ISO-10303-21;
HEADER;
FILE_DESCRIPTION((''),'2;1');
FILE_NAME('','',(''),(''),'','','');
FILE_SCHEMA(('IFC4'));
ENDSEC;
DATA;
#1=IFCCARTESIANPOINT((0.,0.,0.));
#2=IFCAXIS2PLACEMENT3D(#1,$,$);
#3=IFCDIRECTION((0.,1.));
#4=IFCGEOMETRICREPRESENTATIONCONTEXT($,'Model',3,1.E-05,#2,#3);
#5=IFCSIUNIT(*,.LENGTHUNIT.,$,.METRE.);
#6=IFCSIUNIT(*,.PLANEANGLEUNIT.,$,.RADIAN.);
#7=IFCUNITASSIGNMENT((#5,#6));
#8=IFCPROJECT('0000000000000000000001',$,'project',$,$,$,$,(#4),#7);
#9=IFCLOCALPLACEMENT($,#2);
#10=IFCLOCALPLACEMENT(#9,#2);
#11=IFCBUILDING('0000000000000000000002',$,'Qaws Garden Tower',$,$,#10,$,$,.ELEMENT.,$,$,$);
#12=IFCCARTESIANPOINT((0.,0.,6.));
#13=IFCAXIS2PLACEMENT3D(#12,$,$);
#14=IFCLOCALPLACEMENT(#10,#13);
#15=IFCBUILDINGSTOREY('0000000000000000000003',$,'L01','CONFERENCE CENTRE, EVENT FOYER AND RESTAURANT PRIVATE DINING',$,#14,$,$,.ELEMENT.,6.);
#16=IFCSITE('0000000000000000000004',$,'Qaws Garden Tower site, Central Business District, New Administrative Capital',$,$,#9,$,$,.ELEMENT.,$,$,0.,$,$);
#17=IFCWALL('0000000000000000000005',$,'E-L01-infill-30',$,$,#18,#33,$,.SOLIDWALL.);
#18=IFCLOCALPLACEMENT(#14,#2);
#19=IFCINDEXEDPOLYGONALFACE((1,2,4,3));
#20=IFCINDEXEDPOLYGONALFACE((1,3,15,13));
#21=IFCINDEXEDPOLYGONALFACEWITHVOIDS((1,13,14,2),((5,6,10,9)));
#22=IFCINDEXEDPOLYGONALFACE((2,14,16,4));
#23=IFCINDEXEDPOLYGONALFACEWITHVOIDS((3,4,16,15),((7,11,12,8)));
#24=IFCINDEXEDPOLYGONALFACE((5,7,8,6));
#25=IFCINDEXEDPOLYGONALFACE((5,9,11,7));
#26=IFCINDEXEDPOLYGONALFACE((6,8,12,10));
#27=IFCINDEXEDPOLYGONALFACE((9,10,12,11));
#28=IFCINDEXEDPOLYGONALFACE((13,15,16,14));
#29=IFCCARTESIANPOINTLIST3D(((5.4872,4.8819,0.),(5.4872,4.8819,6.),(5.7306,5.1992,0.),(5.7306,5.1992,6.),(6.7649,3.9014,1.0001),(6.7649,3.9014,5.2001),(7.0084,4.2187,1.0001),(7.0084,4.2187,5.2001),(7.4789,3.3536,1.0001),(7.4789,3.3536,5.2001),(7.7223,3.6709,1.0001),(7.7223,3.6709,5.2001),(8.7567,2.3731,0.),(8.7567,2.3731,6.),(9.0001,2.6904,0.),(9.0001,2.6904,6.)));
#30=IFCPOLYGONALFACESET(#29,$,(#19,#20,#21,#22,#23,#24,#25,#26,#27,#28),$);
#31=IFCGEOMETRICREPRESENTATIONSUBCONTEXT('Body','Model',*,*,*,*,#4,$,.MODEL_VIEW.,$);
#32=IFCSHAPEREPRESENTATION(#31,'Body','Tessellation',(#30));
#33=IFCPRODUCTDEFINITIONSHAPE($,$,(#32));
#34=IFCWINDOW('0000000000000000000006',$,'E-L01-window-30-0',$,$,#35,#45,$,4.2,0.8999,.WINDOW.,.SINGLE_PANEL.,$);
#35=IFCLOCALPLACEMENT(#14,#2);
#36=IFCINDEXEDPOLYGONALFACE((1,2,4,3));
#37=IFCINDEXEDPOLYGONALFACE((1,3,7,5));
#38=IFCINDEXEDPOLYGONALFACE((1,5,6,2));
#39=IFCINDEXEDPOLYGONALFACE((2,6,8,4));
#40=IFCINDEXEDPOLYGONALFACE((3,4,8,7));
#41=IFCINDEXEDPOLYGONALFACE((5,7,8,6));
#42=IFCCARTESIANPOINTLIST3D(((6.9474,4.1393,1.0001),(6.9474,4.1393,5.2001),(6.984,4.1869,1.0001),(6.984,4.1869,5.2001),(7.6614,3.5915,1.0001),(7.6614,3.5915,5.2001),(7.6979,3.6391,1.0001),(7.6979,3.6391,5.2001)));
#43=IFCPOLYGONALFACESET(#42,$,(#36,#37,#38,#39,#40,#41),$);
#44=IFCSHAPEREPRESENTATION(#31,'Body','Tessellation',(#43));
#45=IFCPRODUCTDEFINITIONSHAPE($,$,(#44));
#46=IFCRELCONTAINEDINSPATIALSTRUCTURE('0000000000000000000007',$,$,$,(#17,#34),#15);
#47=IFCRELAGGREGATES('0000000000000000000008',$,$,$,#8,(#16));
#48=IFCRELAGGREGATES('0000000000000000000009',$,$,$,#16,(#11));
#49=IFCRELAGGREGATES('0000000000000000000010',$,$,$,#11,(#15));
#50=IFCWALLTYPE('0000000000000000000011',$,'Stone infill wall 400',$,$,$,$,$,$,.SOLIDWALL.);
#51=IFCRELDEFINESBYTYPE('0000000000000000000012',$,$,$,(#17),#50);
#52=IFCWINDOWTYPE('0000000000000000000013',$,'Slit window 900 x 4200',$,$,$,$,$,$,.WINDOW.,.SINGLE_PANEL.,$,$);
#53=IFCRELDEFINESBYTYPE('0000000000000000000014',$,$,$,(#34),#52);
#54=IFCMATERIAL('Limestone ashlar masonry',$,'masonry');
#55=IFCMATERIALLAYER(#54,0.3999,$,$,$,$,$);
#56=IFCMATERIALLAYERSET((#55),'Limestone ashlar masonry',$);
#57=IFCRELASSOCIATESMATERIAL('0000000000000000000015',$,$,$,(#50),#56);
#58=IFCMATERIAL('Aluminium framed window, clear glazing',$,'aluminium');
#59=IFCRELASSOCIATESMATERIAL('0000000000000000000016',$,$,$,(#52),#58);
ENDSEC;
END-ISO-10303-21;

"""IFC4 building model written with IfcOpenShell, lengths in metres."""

from ifc_helpers import new_model, si_unit, direction, frame, frame_2d, origin, place, context, subcontext, project, spatial, rectangle, extrude, material, layer, layer_set, type_object, element, fill, save


model = new_model("IFC4")

# Units and contexts
model_context = context("Model", 3, precision=1e-05, world=origin(), true_north=direction((0.0, 1.0)))
body_context = subcontext(model_context, "Body", "Model", "MODEL_VIEW")
ifc_project = project(units=[si_unit("LENGTHUNIT", "METRE"), si_unit("PLANEANGLEUNIT", "RADIAN")], contexts=[model_context])

# Site, building, storey
site_placement = place(None, origin())
site = spatial("IfcSite", under=ifc_project, at=site_placement, Name="Qaws Garden Tower site, Central Business District, New Administrative Capital", CompositionType="ELEMENT", RefElevation=0.0)
building_placement = place(site_placement, origin())
building = spatial("IfcBuilding", under=site, at=building_placement, Name="Qaws Garden Tower", CompositionType="ELEMENT")
storey_placement = place(building_placement, frame((0.0, 0.0, 6.0)))
storey = spatial("IfcBuildingStorey", under=building, at=storey_placement, Name="L01", Description="CONFERENCE CENTRE, EVENT FOYER AND RESTAURANT PRIVATE DINING", CompositionType="ELEMENT", Elevation=6.0)

# Wall, opening, window
ifc_material_1 = material(Name="Limestone ashlar masonry", Category="masonry")
ifc_layer_1 = layer(ifc_material_1, 0.3999)
ifc_layer_set_1 = layer_set([ifc_layer_1], Name="Limestone ashlar masonry")
wall_type_1 = type_object("IfcWallType", Name="Stone infill wall 400", PredefinedType="SOLIDWALL", material=ifc_layer_set_1)
ifc_material_2 = material(Name="Aluminium framed window, clear glazing", Category="aluminium")
window_type = type_object("IfcWindowType", Name="Slit window 900 x 4200", PartitioningType="SINGLE_PANEL", PredefinedType="WINDOW", material=ifc_material_2)
wall_1_placement = place(storey_placement, frame((5.6089, 5.0405, 0.0), z_axis=(0.0, 0.0, 1.0), x_axis=(0.793355, -0.60876, 0.0)))
wall_1 = element("IfcWall", 1, at=wall_1_placement, inside=storey, type_object=wall_type_1, Name="E-L01-infill-30", PredefinedType="SOLIDWALL", context=body_context, shape_type="SweptSolid", body=[
    extrude(rectangle(XDim=4.1211, YDim=0.3999, at=frame_2d((2.0605, 0.0))), origin(), (0.0, 0.0, 1.0), 6.0),
])
opening_1_placement = place(wall_1_placement, frame((1.6106, 0.0, 1.0)))
opening_1 = element("IfcOpeningElement", 2, at=opening_1_placement, cuts=wall_1, PredefinedType="OPENING", context=body_context, shape_type="SweptSolid", body=[
    extrude(rectangle(XDim=0.8999, YDim=4.2, at=frame_2d((0.45, 2.1001))), frame((0.0, 0.21, 0.0), z_axis=(0.0, -1.0, 0.0), x_axis=(1.0, 0.0, 0.0)), (0.0, 0.0, 1.0), 0.4199),
])
window_1_placement = place(opening_1_placement, origin())
window_1 = element("IfcWindow", 3, at=window_1_placement, inside=storey, type_object=window_type, Name="E-L01-window-30-0", OverallHeight=4.2, OverallWidth=0.8999, PartitioningType="SINGLE_PANEL", PredefinedType="WINDOW", context=body_context, shape_type="SweptSolid", body=[
    extrude(rectangle(XDim=0.8999, YDim=4.2, at=frame_2d((0.45, 2.1001))), frame((0.0, 0.1599, 0.0), z_axis=(0.0, -1.0, 0.0), x_axis=(1.0, 0.0, 0.0)), (0.0, 0.0, 1.0), 0.0601),
])
fill(opening_1, window_1)

save(model, "model.ifc")
